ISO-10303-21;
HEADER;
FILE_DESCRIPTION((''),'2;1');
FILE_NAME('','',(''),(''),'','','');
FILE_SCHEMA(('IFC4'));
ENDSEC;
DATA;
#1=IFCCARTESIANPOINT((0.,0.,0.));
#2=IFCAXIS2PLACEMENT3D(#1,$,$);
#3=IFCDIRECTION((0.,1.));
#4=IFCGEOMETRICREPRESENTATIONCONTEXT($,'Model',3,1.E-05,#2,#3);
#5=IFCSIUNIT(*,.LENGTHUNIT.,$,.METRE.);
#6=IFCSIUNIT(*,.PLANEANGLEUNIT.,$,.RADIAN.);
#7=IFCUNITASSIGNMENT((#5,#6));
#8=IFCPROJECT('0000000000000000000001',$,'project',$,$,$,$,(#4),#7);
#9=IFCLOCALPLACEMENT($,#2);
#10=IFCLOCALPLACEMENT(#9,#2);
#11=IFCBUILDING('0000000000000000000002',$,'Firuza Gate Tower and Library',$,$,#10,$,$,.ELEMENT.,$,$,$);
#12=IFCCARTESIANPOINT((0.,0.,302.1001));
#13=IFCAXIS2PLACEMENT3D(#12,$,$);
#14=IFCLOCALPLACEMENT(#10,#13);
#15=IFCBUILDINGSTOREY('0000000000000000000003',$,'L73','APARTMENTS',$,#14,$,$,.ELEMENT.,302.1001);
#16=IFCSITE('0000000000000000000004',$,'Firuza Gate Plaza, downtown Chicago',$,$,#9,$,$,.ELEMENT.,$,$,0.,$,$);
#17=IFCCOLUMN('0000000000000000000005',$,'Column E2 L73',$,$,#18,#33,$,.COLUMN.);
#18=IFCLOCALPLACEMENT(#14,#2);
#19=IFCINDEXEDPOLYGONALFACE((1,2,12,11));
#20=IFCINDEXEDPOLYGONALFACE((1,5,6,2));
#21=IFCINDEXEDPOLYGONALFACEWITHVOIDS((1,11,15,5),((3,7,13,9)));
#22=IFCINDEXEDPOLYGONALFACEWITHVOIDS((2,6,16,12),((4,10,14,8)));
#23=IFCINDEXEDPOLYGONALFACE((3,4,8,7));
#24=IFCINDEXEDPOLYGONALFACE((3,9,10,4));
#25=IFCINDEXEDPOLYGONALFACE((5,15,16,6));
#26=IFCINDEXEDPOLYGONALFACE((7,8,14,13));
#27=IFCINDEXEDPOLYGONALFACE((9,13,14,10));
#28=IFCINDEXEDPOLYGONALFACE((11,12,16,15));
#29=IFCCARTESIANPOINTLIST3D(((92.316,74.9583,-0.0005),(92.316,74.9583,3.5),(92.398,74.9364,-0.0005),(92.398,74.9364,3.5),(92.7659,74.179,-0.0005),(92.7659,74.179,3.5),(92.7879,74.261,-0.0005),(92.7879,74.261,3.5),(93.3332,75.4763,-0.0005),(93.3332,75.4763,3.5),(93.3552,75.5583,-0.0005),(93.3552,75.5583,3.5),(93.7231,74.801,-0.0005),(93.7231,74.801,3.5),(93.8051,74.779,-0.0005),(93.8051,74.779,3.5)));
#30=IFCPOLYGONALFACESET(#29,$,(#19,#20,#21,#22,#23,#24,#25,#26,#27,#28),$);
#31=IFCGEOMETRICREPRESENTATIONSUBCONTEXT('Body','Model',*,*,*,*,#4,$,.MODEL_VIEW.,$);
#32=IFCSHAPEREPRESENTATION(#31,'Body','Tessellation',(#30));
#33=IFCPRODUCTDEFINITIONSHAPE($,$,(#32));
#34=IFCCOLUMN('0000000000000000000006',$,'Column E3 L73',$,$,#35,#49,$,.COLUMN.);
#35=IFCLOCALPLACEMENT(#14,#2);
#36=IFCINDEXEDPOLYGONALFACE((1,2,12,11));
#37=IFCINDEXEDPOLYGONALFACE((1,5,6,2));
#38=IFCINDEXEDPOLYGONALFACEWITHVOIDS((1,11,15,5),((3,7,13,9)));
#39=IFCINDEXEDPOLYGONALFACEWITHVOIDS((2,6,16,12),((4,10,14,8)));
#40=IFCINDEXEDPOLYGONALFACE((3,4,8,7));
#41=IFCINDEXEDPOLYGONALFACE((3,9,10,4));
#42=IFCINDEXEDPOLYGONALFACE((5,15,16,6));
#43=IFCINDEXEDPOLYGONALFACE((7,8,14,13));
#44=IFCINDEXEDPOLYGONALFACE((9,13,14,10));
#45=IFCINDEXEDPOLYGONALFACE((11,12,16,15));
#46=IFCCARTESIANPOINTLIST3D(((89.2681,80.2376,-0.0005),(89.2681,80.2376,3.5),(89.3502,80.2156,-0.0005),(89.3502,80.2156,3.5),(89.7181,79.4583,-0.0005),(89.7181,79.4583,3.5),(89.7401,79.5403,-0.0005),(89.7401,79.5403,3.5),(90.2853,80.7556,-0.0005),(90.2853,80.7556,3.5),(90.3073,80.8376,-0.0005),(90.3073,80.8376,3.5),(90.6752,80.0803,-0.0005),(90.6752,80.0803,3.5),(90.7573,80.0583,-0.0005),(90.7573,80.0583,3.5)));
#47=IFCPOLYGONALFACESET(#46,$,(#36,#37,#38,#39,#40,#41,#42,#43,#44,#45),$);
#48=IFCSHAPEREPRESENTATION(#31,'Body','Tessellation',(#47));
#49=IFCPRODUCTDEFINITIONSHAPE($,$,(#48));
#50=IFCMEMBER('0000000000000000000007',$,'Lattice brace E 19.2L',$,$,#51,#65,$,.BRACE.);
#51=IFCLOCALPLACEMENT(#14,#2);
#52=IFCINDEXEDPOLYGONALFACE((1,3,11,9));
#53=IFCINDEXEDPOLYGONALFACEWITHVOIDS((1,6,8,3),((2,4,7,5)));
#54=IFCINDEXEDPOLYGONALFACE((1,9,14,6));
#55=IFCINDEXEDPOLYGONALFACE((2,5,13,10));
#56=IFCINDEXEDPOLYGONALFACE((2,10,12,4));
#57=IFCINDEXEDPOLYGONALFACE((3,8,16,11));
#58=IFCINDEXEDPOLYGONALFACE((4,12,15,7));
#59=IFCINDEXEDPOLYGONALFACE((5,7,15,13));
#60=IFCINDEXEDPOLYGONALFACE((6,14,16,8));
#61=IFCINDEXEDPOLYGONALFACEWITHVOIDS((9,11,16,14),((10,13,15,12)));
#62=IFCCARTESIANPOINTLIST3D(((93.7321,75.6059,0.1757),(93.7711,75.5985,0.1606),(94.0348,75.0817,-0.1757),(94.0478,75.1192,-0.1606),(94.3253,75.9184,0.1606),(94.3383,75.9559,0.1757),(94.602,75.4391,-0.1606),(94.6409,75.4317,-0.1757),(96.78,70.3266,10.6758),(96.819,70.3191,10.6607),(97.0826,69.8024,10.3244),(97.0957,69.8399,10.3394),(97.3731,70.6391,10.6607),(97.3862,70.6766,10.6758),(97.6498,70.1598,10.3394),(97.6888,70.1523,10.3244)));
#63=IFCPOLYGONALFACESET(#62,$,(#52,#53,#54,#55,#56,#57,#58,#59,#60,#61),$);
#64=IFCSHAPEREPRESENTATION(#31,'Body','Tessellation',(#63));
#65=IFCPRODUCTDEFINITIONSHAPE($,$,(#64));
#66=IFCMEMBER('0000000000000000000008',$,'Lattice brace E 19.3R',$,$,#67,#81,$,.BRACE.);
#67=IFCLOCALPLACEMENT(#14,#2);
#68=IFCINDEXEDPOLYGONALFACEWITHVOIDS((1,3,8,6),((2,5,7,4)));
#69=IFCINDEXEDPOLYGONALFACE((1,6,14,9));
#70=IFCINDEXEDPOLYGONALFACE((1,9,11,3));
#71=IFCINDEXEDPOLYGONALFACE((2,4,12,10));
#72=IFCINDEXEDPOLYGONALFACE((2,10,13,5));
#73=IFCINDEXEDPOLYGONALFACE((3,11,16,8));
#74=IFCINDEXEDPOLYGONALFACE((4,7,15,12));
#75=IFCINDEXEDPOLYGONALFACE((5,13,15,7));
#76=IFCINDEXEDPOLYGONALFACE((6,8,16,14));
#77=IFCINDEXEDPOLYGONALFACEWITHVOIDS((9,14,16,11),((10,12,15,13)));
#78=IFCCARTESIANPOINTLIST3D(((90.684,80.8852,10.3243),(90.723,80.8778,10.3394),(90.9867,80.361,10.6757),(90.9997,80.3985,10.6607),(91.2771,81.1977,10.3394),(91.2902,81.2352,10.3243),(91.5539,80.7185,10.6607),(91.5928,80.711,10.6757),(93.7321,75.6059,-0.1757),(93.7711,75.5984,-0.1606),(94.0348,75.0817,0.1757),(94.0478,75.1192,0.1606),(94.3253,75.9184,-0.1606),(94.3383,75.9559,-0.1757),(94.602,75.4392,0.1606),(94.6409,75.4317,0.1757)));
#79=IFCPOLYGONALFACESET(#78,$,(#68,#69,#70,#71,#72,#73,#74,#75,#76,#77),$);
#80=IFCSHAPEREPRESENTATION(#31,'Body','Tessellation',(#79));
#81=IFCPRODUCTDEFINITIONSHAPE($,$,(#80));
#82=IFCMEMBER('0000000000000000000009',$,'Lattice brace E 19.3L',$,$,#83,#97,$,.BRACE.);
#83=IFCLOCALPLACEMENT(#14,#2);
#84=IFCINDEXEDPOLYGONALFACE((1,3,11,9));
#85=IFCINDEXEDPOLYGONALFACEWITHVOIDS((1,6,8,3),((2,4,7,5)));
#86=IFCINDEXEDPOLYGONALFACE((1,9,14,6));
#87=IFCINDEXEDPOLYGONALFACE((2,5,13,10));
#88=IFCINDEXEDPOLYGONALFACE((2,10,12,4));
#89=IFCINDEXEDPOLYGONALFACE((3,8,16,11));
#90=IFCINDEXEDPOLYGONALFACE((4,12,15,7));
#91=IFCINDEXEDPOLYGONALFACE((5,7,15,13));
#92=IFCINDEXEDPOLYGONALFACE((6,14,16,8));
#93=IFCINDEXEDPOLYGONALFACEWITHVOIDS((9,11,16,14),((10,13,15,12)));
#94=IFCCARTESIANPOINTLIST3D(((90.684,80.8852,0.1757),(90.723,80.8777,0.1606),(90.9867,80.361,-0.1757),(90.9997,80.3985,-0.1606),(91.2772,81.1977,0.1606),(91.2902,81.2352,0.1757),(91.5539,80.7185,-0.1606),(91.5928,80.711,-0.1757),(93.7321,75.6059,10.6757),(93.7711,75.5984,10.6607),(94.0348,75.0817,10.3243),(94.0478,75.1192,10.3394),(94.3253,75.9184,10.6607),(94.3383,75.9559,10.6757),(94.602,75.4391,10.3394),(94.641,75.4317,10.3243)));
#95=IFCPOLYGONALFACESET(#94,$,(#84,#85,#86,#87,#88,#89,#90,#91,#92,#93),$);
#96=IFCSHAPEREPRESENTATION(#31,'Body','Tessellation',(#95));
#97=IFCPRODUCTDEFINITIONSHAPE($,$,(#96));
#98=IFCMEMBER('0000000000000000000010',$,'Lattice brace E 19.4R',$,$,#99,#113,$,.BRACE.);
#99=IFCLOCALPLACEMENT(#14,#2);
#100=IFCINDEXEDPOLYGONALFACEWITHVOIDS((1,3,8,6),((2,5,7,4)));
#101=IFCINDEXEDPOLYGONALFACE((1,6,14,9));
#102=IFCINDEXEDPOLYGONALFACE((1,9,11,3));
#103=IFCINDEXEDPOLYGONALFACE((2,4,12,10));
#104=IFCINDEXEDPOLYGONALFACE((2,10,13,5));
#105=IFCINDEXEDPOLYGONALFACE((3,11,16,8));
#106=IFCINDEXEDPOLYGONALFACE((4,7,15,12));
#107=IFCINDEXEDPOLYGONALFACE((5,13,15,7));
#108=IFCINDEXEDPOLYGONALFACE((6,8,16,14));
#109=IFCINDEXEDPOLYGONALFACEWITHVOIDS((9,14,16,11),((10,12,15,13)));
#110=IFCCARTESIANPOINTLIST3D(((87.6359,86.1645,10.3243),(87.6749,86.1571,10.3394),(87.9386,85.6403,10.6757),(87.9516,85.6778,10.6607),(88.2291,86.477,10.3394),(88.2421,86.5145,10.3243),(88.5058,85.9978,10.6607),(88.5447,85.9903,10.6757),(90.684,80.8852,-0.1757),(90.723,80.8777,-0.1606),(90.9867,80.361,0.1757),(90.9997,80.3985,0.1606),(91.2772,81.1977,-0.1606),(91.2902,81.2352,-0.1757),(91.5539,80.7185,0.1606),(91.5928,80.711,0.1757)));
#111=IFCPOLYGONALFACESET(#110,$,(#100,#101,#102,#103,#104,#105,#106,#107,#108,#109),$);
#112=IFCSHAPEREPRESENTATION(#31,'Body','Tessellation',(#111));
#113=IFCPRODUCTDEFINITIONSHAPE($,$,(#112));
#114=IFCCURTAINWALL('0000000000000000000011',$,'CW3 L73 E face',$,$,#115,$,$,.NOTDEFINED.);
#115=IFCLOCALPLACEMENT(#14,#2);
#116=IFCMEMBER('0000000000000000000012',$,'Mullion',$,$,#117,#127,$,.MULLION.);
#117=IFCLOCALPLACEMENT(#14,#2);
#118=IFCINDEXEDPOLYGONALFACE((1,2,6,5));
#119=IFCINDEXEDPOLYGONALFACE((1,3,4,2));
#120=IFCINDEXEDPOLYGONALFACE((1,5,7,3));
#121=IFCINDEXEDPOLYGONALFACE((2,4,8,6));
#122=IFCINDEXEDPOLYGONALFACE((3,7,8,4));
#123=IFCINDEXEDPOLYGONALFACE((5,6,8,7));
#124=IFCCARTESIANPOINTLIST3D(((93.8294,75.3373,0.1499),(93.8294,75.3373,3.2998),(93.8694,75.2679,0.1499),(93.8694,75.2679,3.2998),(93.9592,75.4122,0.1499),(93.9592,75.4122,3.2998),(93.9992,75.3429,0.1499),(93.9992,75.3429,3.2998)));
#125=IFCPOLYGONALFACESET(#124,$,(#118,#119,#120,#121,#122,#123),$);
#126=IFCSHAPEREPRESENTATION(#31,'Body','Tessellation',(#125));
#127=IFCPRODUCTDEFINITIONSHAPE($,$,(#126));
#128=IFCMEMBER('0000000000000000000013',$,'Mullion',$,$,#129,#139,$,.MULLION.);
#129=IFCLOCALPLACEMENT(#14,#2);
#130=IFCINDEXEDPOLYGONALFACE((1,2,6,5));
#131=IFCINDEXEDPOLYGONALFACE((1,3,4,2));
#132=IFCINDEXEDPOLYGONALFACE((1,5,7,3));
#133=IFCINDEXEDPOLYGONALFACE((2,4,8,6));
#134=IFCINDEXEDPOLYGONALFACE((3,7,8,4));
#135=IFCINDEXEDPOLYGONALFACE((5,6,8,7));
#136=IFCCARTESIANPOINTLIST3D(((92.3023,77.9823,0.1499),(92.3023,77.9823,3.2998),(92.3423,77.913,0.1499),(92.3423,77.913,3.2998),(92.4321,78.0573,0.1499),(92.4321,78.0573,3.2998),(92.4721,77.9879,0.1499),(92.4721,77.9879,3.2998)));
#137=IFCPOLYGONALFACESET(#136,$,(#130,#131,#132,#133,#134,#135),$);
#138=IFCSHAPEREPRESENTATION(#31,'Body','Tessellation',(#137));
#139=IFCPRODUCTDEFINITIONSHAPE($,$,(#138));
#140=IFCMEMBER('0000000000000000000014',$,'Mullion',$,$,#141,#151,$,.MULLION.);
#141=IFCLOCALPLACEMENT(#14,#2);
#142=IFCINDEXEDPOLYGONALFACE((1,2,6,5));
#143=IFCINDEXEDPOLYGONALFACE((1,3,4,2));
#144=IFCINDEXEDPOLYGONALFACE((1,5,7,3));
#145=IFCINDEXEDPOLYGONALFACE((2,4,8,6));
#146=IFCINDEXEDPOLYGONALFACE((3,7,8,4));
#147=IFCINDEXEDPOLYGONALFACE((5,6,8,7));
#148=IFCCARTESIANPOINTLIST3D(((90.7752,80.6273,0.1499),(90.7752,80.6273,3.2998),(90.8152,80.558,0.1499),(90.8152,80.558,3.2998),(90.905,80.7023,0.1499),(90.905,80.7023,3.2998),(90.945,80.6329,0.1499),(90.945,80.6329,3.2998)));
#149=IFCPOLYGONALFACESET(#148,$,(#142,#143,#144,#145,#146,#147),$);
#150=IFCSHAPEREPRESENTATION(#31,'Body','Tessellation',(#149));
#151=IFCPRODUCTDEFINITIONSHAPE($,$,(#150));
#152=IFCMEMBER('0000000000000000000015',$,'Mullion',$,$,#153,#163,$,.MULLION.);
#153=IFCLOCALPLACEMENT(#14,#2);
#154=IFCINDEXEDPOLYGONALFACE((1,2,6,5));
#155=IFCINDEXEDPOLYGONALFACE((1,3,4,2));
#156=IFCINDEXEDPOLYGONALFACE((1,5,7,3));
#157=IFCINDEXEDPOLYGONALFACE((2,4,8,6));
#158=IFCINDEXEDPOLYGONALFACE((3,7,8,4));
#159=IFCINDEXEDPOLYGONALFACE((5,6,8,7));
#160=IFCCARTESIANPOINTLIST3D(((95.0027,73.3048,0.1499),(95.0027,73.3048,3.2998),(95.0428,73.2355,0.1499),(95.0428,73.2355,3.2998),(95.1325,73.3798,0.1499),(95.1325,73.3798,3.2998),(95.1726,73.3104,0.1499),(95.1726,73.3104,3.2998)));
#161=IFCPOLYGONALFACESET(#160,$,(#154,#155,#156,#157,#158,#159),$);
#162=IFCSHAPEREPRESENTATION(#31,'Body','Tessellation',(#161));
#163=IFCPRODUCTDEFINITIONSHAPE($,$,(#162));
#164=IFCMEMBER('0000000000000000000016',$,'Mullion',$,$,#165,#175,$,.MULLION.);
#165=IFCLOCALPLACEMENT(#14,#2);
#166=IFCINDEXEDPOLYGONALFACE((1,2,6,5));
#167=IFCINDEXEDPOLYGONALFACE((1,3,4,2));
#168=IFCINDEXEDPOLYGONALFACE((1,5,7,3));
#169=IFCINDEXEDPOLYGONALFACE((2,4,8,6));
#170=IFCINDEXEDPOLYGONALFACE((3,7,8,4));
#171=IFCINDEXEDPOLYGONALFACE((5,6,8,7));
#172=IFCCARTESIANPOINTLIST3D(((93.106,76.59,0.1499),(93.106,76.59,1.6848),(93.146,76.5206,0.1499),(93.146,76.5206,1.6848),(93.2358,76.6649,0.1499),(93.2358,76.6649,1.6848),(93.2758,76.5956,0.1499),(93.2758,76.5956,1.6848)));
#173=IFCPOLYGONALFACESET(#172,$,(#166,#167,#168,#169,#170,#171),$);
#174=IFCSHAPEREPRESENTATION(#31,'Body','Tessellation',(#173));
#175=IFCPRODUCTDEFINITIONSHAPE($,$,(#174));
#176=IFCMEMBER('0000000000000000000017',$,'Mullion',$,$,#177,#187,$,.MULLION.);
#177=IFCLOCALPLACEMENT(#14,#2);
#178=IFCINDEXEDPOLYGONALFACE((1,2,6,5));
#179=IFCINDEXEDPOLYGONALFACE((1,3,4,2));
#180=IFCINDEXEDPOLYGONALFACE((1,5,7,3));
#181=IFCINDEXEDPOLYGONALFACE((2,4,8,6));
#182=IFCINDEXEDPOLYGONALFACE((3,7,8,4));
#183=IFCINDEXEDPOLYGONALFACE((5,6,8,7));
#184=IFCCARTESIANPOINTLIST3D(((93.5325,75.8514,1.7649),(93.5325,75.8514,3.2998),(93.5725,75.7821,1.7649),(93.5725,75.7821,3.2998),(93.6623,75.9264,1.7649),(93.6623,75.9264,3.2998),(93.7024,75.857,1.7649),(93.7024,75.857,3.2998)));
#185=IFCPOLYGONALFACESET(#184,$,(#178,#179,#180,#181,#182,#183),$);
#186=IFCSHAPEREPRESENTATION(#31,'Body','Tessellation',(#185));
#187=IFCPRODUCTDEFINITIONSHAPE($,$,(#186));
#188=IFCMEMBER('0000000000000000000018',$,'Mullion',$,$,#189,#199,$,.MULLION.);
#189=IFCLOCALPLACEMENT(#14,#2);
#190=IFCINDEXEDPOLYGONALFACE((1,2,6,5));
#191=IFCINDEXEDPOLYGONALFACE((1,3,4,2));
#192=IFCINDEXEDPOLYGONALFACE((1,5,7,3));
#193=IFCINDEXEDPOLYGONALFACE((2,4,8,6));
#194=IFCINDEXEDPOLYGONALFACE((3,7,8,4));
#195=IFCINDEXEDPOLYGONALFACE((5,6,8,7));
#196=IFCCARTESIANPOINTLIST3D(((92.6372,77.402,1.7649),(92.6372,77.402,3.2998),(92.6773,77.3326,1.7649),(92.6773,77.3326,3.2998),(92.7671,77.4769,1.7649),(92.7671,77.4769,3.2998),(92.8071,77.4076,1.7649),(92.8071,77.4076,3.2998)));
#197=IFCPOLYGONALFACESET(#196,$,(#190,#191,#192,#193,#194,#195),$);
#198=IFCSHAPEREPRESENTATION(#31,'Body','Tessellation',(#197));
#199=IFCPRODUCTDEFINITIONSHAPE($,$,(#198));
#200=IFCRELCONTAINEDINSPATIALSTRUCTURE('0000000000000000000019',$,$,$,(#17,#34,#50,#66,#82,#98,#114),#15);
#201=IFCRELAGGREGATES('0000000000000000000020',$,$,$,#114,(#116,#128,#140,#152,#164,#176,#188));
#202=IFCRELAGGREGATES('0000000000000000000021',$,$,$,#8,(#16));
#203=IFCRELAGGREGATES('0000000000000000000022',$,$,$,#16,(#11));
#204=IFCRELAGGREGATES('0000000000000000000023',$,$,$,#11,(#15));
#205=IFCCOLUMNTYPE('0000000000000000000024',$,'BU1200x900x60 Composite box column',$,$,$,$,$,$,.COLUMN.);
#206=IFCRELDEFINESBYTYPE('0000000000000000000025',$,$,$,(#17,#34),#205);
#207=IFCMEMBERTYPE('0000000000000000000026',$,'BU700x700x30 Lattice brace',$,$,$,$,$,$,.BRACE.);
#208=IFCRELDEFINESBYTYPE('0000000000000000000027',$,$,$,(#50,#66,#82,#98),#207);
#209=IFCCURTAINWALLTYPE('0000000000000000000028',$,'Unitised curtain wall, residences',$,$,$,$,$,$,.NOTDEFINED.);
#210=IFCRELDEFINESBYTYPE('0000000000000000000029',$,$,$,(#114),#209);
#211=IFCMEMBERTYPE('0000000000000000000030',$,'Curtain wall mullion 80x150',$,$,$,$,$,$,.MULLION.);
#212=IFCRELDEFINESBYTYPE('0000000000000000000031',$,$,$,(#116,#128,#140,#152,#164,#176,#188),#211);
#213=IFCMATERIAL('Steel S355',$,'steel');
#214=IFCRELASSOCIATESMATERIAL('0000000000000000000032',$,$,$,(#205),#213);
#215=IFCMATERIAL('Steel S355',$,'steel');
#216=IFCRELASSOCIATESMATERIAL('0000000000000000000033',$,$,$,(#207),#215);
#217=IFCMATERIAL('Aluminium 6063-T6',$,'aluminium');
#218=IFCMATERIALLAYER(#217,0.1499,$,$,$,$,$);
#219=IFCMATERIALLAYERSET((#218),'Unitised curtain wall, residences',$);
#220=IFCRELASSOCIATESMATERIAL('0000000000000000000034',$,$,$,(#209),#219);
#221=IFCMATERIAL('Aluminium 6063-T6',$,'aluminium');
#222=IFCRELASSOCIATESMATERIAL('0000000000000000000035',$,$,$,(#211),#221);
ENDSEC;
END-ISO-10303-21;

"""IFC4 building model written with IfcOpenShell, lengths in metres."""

from ifc_helpers import new_model, si_unit, direction, frame, origin, origin_2d, place, context, subcontext, project, spatial, rectangle, hollow_rectangle, extrude, material, layer, layer_set, material_profile, profile_set, type_object, element, aggregate, save


model = new_model("IFC4")

# Units and contexts
model_context = context("Model", 3, precision=1e-05, world=origin(), true_north=direction((0.0, 1.0)))
body_context = subcontext(model_context, "Body", "Model", "MODEL_VIEW")
ifc_project = project(units=[si_unit("LENGTHUNIT", "METRE"), si_unit("PLANEANGLEUNIT", "RADIAN")], contexts=[model_context])

# Site, building, storey
site_placement = place(None, origin())
site = spatial("IfcSite", under=ifc_project, at=site_placement, Name="Firuza Gate Plaza, downtown Chicago", CompositionType="ELEMENT", RefElevation=0.0)
building_placement = place(site_placement, origin())
building = spatial("IfcBuilding", under=site, at=building_placement, Name="Firuza Gate Tower and Library", CompositionType="ELEMENT")
storey_placement = place(building_placement, frame((0.0, 0.0, 302.1001)))
storey = spatial("IfcBuildingStorey", under=building, at=storey_placement, Name="L73", Description="APARTMENTS", CompositionType="ELEMENT", Elevation=302.1001)

# Columns
ifc_material_1 = material(Name="Steel S355", Category="steel")
ifc_material_profile_1 = material_profile(ifc_material_1, hollow_rectangle(XDim=0.8999, YDim=1.2, WallThickness=0.0601, at=origin_2d()))
ifc_profile_set_1 = profile_set([ifc_material_profile_1], Name="Steel S355")
column_type = type_object("IfcColumnType", Name="BU1200x900x60 Composite box column", PredefinedType="COLUMN", material=ifc_profile_set_1)
for number, where, z_axis, x_axis, name in (
    (1, (93.0605, 74.8687, -0.0005), (0.0, 0.0, 1.0), (-0.5, 0.866025, 0.0), "Column E2 L73"),
    (2, (90.0127, 80.1479, -0.0005), (0.0, 0.0, 1.0), (-0.5, 0.866025, 0.0), "Column E3 L73"),
):
    element("IfcColumn", number, at=place(storey_placement, frame(where, z_axis=z_axis, x_axis=x_axis)), inside=storey, type_object=column_type, Name=name, PredefinedType="COLUMN", context=body_context, shape_type="SweptSolid", body=[
        extrude(hollow_rectangle(XDim=0.8999, YDim=1.2, WallThickness=0.0601, at=origin_2d()), origin(), (0.0, 0.0, 1.0), 3.5005),
    ])

# Members
ifc_material_2 = material(Name="Steel S355", Category="steel")
ifc_material_profile_2 = material_profile(ifc_material_2, hollow_rectangle(XDim=0.7, YDim=0.7, WallThickness=0.03, at=origin_2d()))
ifc_profile_set_2 = profile_set([ifc_material_profile_2], Name="Steel S355")
member_type_1 = type_object("IfcMemberType", Name="BU700x700x30 Lattice brace", PredefinedType="BRACE", material=ifc_profile_set_2)
for number, where, z_axis, x_axis, name in (
    (3, (94.1865, 75.5188, 0.0), (0.251032, -0.434823, 0.864819), (0.866036, 0.499981, 0.0), "Lattice brace E 19.2L"),
    (4, (94.1865, 75.5188, 0.0), (-0.251051, 0.43482, 0.864815), (-0.866019, -0.500011, 0.0), "Lattice brace E 19.3R"),
    (5, (91.1384, 80.7981, 0.0), (0.251051, -0.43482, 0.864815), (0.866019, 0.500011, 0.0), "Lattice brace E 19.3L"),
    (6, (91.1384, 80.7981, 0.0), (-0.251051, 0.43482, 0.864815), (-0.866019, -0.500011, 0.0), "Lattice brace E 19.4R"),
):
    element("IfcMember", number, at=place(storey_placement, frame(where, z_axis=z_axis, x_axis=x_axis)), inside=storey, type_object=member_type_1, Name=name, PredefinedType="BRACE", context=body_context, shape_type="SweptSolid", body=[
        extrude(hollow_rectangle(XDim=0.7, YDim=0.7, WallThickness=0.03, at=origin_2d()), origin(), (0.0, 0.0, 1.0), 12.1414),
    ])

# Curtain wall, members
ifc_material_3 = material(Name="Aluminium 6063-T6", Category="aluminium")
ifc_layer_1 = layer(ifc_material_3, 0.1499)
ifc_layer_set_1 = layer_set([ifc_layer_1], Name="Unitised curtain wall, residences")
curtain_wall_type = type_object("IfcCurtainWallType", Name="Unitised curtain wall, residences", PredefinedType="NOTDEFINED", material=ifc_layer_set_1)
curtain_wall_placement = place(storey_placement, origin())
curtain_wall = element("IfcCurtainWall", 7, at=curtain_wall_placement, inside=storey, type_object=curtain_wall_type, Name="CW3 L73 E face", PredefinedType="NOTDEFINED")
ifc_material_4 = material(Name="Aluminium 6063-T6", Category="aluminium")
ifc_material_profile_3 = material_profile(ifc_material_4, rectangle(XDim=0.1499, YDim=0.0801, at=origin_2d()))
ifc_profile_set_3 = profile_set([ifc_material_profile_3], Name="Aluminium 6063-T6")
member_type_2 = type_object("IfcMemberType", Name="Curtain wall mullion 80x150", PredefinedType="MULLION", material=ifc_profile_set_3)
member_1_placement = place(storey_placement, frame((93.9143, 75.3401, 0.1499), z_axis=(0.0, 0.0, 1.0), x_axis=(-0.866025, -0.5, 0.0)))
member_1 = element("IfcMember", 8, at=member_1_placement, type_object=member_type_2, Name="Mullion", PredefinedType="MULLION", context=body_context, shape_type="SweptSolid", body=[
    extrude(rectangle(XDim=0.1499, YDim=0.0801, at=origin_2d()), origin(), (0.0, 0.0, 1.0), 3.1499),
])
member_2_placement = place(storey_placement, frame((92.3872, 77.9851, 0.1499), z_axis=(0.0, 0.0, 1.0), x_axis=(-0.866025, -0.5, 0.0)))
member_2 = element("IfcMember", 9, at=member_2_placement, type_object=member_type_2, Name="Mullion", PredefinedType="MULLION", context=body_context, shape_type="SweptSolid", body=[
    extrude(rectangle(XDim=0.1499, YDim=0.0801, at=origin_2d()), origin(), (0.0, 0.0, 1.0), 3.1499),
])
member_3_placement = place(storey_placement, frame((90.8601, 80.6301, 0.1499), z_axis=(0.0, 0.0, 1.0), x_axis=(-0.866025, -0.5, 0.0)))
member_3 = element("IfcMember", 10, at=member_3_placement, type_object=member_type_2, Name="Mullion", PredefinedType="MULLION", context=body_context, shape_type="SweptSolid", body=[
    extrude(rectangle(XDim=0.1499, YDim=0.0801, at=origin_2d()), origin(), (0.0, 0.0, 1.0), 3.1499),
])
member_4_placement = place(storey_placement, frame((95.0876, 73.3076, 0.1499), z_axis=(0.0, 0.0, 1.0), x_axis=(-0.866025, -0.5, 0.0)))
member_4 = element("IfcMember", 11, at=member_4_placement, type_object=member_type_2, Name="Mullion", PredefinedType="MULLION", context=body_context, shape_type="SweptSolid", body=[
    extrude(rectangle(XDim=0.1499, YDim=0.0801, at=origin_2d()), origin(), (0.0, 0.0, 1.0), 3.1499),
])
member_5_placement = place(storey_placement, frame((93.1909, 76.5928, 0.1499), z_axis=(0.0, 0.0, 1.0), x_axis=(-0.866025, -0.5, 0.0)))
member_5 = element("IfcMember", 12, at=member_5_placement, type_object=member_type_2, Name="Mullion", PredefinedType="MULLION", context=body_context, shape_type="SweptSolid", body=[
    extrude(rectangle(XDim=0.1499, YDim=0.0801, at=origin_2d()), origin(), (0.0, 0.0, 1.0), 1.5349),
])
member_6_placement = place(storey_placement, frame((93.6174, 75.8542, 1.7649), z_axis=(0.0, 0.0, 1.0), x_axis=(-0.866025, -0.5, 0.0)))
member_6 = element("IfcMember", 13, at=member_6_placement, type_object=member_type_2, Name="Mullion", PredefinedType="MULLION", context=body_context, shape_type="SweptSolid", body=[
    extrude(rectangle(XDim=0.1499, YDim=0.0801, at=origin_2d()), origin(), (0.0, 0.0, 1.0), 1.5349),
])
member_7_placement = place(storey_placement, frame((92.7222, 77.4048, 1.7649), z_axis=(0.0, 0.0, 1.0), x_axis=(-0.866025, -0.5, 0.0)))
member_7 = element("IfcMember", 14, at=member_7_placement, type_object=member_type_2, Name="Mullion", PredefinedType="MULLION", context=body_context, shape_type="SweptSolid", body=[
    extrude(rectangle(XDim=0.1499, YDim=0.0801, at=origin_2d()), origin(), (0.0, 0.0, 1.0), 1.5349),
])

aggregate(curtain_wall, [member_1, member_2, member_3, member_4, member_5, member_6, member_7])

save(model, "model.ifc")
